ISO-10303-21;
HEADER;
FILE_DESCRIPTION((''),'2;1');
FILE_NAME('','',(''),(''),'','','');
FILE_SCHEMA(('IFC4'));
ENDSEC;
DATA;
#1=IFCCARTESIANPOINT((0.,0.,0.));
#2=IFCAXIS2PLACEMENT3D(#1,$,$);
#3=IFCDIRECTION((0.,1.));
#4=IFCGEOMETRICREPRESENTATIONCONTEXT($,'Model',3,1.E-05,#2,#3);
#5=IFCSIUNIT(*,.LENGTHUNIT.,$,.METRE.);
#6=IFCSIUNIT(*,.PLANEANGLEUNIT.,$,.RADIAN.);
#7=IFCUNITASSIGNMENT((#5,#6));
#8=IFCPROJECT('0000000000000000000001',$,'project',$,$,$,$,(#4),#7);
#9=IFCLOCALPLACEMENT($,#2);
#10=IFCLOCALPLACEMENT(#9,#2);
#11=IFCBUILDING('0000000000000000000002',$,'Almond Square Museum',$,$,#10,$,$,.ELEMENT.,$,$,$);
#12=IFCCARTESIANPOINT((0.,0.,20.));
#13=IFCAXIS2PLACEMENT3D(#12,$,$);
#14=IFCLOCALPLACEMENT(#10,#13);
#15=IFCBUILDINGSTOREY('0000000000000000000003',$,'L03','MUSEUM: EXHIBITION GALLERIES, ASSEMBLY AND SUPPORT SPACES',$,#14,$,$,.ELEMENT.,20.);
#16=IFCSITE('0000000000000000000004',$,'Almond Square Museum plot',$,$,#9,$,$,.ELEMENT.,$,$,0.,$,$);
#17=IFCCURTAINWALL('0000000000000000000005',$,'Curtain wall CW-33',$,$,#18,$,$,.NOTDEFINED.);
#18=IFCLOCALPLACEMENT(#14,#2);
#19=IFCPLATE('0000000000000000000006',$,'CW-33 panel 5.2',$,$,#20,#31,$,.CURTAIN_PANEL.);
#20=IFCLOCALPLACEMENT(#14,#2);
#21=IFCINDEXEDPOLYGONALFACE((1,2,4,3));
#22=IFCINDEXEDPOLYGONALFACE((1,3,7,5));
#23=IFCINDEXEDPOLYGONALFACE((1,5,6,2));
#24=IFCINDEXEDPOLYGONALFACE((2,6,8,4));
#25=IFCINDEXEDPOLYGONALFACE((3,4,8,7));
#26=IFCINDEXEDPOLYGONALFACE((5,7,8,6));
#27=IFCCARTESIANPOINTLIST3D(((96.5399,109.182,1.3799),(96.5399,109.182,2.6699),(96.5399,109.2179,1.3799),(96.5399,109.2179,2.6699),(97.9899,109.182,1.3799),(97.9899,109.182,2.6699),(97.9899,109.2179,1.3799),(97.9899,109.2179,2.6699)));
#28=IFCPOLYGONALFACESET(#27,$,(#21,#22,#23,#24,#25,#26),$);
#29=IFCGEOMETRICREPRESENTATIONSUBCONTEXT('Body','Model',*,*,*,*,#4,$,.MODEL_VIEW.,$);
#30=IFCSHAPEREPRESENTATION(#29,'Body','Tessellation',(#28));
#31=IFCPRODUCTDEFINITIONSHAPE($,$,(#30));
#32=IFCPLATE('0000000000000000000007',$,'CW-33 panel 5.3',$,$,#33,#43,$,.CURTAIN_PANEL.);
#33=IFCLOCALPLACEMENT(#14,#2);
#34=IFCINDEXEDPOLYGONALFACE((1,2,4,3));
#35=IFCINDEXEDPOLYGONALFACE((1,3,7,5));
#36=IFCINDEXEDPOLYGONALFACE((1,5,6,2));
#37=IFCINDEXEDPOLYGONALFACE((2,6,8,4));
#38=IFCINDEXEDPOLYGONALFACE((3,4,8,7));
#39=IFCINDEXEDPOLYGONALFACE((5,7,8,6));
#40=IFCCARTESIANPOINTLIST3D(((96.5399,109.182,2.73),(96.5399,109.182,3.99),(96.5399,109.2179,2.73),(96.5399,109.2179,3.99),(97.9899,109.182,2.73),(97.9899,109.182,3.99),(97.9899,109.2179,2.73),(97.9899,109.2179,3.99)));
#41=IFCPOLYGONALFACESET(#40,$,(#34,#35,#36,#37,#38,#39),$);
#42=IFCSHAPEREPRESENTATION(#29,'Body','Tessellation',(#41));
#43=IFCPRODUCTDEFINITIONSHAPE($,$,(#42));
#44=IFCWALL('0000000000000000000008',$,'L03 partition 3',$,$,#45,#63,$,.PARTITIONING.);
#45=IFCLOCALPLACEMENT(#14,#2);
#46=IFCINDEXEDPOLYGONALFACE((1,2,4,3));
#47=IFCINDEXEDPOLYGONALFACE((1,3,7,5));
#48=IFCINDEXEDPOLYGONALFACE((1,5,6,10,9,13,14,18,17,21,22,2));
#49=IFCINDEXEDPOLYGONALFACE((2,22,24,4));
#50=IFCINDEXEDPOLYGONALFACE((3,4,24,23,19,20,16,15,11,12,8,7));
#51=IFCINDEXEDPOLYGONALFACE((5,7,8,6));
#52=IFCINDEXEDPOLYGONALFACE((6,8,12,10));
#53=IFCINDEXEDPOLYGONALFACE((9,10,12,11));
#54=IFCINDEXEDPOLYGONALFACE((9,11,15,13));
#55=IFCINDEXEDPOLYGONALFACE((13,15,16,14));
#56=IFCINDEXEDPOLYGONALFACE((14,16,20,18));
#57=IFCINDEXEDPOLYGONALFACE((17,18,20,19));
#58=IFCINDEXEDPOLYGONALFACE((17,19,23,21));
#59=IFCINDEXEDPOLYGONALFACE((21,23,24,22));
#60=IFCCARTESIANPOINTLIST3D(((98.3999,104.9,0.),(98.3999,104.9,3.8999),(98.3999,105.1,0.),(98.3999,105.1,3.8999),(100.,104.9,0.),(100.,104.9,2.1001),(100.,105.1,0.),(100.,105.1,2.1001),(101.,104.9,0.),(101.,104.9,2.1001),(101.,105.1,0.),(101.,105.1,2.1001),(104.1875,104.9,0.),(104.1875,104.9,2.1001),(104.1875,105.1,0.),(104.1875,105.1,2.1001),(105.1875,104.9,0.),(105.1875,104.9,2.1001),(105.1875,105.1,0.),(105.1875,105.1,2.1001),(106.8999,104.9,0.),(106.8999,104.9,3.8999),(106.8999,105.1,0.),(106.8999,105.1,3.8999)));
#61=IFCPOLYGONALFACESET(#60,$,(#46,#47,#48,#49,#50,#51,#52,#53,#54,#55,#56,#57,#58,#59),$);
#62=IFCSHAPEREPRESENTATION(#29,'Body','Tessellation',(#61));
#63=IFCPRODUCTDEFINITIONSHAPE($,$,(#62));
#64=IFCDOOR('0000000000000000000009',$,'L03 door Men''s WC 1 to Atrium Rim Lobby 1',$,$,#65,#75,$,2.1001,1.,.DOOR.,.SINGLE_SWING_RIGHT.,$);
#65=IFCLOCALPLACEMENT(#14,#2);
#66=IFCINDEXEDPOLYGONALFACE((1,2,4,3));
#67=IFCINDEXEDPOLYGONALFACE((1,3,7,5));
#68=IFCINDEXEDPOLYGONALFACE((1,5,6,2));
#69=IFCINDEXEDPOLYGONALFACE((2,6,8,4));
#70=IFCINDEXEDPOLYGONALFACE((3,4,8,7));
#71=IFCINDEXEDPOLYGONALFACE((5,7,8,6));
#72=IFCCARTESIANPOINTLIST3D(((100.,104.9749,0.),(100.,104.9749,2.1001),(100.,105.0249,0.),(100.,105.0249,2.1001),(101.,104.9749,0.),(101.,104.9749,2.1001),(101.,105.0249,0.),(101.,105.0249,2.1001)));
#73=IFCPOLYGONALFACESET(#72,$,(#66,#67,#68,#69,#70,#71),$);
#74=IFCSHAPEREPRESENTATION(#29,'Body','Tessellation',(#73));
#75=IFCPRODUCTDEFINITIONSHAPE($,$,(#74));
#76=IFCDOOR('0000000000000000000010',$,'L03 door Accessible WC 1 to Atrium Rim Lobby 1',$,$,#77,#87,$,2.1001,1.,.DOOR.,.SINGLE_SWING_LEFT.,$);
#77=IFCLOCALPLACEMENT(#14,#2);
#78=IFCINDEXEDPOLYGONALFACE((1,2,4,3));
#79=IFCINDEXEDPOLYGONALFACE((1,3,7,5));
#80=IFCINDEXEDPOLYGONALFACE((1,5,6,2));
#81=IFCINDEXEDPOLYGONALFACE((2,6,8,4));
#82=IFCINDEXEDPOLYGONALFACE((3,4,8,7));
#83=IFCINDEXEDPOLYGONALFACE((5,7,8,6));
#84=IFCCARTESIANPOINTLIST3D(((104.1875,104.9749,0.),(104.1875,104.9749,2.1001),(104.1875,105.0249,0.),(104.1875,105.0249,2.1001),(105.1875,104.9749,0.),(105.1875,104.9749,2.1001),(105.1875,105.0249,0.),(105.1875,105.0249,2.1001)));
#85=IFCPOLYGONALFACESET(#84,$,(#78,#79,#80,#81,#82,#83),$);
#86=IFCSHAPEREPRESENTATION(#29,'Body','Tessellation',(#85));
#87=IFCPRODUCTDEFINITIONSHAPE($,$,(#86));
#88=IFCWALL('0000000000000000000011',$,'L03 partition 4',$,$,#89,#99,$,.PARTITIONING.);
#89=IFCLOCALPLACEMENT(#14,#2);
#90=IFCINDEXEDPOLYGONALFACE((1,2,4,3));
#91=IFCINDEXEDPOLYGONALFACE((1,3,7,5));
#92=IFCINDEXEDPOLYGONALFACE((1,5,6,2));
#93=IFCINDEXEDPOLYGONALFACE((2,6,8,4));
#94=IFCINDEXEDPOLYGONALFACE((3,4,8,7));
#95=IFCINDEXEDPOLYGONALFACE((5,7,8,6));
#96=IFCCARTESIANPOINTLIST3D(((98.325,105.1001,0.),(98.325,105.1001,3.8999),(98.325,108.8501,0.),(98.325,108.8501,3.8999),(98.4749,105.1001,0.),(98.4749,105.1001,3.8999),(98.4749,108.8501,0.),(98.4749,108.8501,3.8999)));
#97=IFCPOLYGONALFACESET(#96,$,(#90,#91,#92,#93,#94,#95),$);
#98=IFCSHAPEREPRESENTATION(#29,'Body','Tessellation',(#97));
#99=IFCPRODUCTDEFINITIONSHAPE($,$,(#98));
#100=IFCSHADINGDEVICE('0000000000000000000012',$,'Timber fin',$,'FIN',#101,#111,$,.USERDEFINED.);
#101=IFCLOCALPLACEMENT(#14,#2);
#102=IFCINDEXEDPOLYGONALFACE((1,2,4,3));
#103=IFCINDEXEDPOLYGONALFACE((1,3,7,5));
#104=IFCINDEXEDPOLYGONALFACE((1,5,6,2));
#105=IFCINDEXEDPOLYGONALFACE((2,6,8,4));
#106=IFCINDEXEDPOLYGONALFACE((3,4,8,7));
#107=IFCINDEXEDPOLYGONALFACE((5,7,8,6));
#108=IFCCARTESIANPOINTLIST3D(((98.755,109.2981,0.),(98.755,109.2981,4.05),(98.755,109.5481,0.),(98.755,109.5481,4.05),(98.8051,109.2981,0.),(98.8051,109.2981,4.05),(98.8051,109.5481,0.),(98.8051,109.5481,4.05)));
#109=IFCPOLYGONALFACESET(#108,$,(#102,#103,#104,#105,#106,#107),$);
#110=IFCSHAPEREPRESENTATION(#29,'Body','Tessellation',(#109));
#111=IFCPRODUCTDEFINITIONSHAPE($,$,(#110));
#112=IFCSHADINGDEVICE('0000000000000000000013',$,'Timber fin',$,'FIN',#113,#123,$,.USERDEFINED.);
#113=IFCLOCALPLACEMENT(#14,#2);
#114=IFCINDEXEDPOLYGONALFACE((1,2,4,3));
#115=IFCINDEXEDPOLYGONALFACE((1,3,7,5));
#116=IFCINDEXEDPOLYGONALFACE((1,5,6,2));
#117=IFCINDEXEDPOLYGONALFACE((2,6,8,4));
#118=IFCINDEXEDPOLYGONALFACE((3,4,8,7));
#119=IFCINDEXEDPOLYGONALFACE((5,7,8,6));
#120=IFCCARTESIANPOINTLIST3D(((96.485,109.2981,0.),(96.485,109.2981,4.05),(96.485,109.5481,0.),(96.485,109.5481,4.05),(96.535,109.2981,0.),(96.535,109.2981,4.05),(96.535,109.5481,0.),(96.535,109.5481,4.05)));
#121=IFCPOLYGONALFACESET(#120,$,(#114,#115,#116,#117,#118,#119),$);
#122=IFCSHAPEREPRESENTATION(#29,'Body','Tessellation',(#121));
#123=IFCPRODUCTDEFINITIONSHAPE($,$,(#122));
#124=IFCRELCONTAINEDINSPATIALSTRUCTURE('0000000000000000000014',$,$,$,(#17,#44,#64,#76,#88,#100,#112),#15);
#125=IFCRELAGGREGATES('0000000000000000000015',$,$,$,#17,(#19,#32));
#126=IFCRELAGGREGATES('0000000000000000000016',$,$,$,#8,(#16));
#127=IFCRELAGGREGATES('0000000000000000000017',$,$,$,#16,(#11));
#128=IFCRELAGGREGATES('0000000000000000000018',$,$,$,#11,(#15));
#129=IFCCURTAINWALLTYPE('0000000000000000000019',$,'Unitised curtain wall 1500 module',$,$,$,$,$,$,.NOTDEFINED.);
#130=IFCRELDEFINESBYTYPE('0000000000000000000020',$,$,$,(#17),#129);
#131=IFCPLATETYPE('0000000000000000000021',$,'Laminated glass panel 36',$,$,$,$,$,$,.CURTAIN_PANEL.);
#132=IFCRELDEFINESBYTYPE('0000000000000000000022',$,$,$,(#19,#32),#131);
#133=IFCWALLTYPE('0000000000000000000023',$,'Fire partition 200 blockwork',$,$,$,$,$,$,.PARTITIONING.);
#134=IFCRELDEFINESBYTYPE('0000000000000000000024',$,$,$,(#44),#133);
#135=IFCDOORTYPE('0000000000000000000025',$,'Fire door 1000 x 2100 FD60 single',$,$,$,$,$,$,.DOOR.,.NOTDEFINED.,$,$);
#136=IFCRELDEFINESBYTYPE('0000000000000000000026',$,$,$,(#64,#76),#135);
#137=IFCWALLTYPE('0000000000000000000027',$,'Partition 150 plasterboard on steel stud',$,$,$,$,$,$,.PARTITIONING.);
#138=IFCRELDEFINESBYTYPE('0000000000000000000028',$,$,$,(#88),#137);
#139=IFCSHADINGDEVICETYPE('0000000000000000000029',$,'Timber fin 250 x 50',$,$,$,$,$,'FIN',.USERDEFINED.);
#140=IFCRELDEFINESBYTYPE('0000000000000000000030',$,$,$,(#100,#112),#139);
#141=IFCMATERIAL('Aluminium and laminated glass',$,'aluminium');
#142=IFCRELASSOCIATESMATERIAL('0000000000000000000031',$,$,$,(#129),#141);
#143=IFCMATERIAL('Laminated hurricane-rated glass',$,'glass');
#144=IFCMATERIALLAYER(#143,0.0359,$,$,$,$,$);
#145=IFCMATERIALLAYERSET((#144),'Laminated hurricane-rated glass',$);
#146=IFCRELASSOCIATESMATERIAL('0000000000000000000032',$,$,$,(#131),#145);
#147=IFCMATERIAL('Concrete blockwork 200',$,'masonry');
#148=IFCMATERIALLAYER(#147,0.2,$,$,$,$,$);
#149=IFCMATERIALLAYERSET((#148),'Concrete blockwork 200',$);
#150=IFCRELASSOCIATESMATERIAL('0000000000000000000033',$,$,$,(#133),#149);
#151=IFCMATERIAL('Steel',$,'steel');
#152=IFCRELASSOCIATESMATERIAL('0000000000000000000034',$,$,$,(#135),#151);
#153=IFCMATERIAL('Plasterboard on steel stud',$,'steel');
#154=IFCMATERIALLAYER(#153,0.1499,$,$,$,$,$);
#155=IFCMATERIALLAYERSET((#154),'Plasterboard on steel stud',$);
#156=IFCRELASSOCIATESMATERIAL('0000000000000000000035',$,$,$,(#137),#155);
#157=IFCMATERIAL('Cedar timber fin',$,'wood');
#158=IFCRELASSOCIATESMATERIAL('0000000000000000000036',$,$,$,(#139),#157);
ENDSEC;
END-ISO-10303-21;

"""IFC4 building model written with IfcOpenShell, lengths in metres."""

from ifc_helpers import new_model, si_unit, direction, frame, frame_2d, origin, origin_2d, place, context, subcontext, project, spatial, rectangle, extrude, material, layer, layer_set, material_profile, profile_set, type_object, element, fill, aggregate, save


model = new_model("IFC4")

# Units and contexts
model_context = context("Model", 3, precision=1e-05, world=origin(), true_north=direction((0.0, 1.0)))
body_context = subcontext(model_context, "Body", "Model", "MODEL_VIEW")
ifc_project = project(units=[si_unit("LENGTHUNIT", "METRE"), si_unit("PLANEANGLEUNIT", "RADIAN")], contexts=[model_context])

# Site, building, storey
site_placement = place(None, origin())
site = spatial("IfcSite", under=ifc_project, at=site_placement, Name="Almond Square Museum plot", CompositionType="ELEMENT", RefElevation=0.0)
building_placement = place(site_placement, origin())
building = spatial("IfcBuilding", under=site, at=building_placement, Name="Almond Square Museum", CompositionType="ELEMENT")
storey_placement = place(building_placement, frame((0.0, 0.0, 20.0)))
storey = spatial("IfcBuildingStorey", under=building, at=storey_placement, Name="L03", Description="MUSEUM: EXHIBITION GALLERIES, ASSEMBLY AND SUPPORT SPACES", CompositionType="ELEMENT", Elevation=20.0)

# Shared definitions
ifc_material_1 = material(Name="Aluminium and laminated glass", Category="aluminium")
curtain_wall_type = type_object("IfcCurtainWallType", Name="Unitised curtain wall 1500 module", PredefinedType="NOTDEFINED", material=ifc_material_1)

# Curtain wall
curtain_wall_1_placement = place(storey_placement, origin())
curtain_wall_1 = element("IfcCurtainWall", 1, at=curtain_wall_1_placement, inside=storey, type_object=curtain_wall_type, Name="Curtain wall CW-33", PredefinedType="NOTDEFINED")

# Plates
ifc_material_2 = material(Name="Laminated hurricane-rated glass", Category="glass")
ifc_layer_1 = layer(ifc_material_2, 0.0359)
ifc_layer_set_1 = layer_set([ifc_layer_1], Name="Laminated hurricane-rated glass")
plate_type = type_object("IfcPlateType", Name="Laminated glass panel 36", PredefinedType="CURTAIN_PANEL", material=ifc_layer_set_1)
plate_1_placement = place(storey_placement, frame((97.2649, 109.2, 1.3799), z_axis=(0.0, 0.0, 1.0), x_axis=(1.0, 0.0, 0.0)))
plate_1 = element("IfcPlate", 2, at=plate_1_placement, type_object=plate_type, Name="CW-33 panel 5.2", PredefinedType="CURTAIN_PANEL", context=body_context, shape_type="SweptSolid", body=[
    extrude(rectangle(XDim=1.45, YDim=0.0359, at=origin_2d()), origin(), (0.0, 0.0, 1.0), 1.29),
])
plate_2_placement = place(storey_placement, frame((97.2649, 109.2, 2.73), z_axis=(0.0, 0.0, 1.0), x_axis=(1.0, 0.0, 0.0)))
plate_2 = element("IfcPlate", 3, at=plate_2_placement, type_object=plate_type, Name="CW-33 panel 5.3", PredefinedType="CURTAIN_PANEL", context=body_context, shape_type="SweptSolid", body=[
    extrude(rectangle(XDim=1.45, YDim=0.0359, at=origin_2d()), origin(), (0.0, 0.0, 1.0), 1.26),
])
aggregate(curtain_wall_1, [plate_1, plate_2])

# Wall, openings, doors
ifc_material_3 = material(Name="Concrete blockwork 200", Category="masonry")
ifc_layer_2 = layer(ifc_material_3, 0.2)
ifc_layer_set_2 = layer_set([ifc_layer_2], Name="Concrete blockwork 200")
wall_type_1 = type_object("IfcWallType", Name="Fire partition 200 blockwork", PredefinedType="PARTITIONING", material=ifc_layer_set_2)
wall_1_placement = place(storey_placement, frame((98.3999, 105.0, 0.0), z_axis=(0.0, 0.0, 1.0), x_axis=(1.0, 0.0, 0.0)))
wall_1 = element("IfcWall", 4, at=wall_1_placement, inside=storey, type_object=wall_type_1, Name="L03 partition 3", PredefinedType="PARTITIONING", context=body_context, shape_type="SweptSolid", body=[
    extrude(rectangle(XDim=8.5, YDim=0.2, at=frame_2d((4.25, 0.0))), origin(), (0.0, 0.0, 1.0), 3.8999),
])
opening_1_placement = place(wall_1_placement, frame((1.6001, 0.0, 0.0)))
opening_1 = element("IfcOpeningElement", 5, at=opening_1_placement, cuts=wall_1, PredefinedType="OPENING", context=body_context, shape_type="SweptSolid", body=[
    extrude(rectangle(XDim=1.0, YDim=2.1001, at=frame_2d((0.5, 1.05))), frame((0.0, 0.1099, 0.0), z_axis=(0.0, -1.0, 0.0), x_axis=(1.0, 0.0, 0.0)), (0.0, 0.0, 1.0), 0.22),
])
opening_2_placement = place(wall_1_placement, frame((5.7876, 0.0, 0.0)))
opening_2 = element("IfcOpeningElement", 6, at=opening_2_placement, cuts=wall_1, PredefinedType="OPENING", context=body_context, shape_type="SweptSolid", body=[
    extrude(rectangle(XDim=1.0, YDim=2.1001, at=frame_2d((0.5, 1.05))), frame((0.0, 0.1099, 0.0), z_axis=(0.0, -1.0, 0.0), x_axis=(1.0, 0.0, 0.0)), (0.0, 0.0, 1.0), 0.22),
])
ifc_material_4 = material(Name="Steel", Category="steel")
door_type = type_object("IfcDoorType", Name="Fire door 1000 x 2100 FD60 single", OperationType="NOTDEFINED", PredefinedType="DOOR", material=ifc_material_4)
door_1_placement = place(opening_1_placement, origin())
door_1 = element("IfcDoor", 7, at=door_1_placement, inside=storey, type_object=door_type, Name="L03 door Men's WC 1 to Atrium Rim Lobby 1", OperationType="SINGLE_SWING_RIGHT", OverallHeight=2.1001, OverallWidth=1.0, PredefinedType="DOOR", context=body_context, shape_type="SweptSolid", body=[
    extrude(rectangle(XDim=1.0, YDim=2.1001, at=frame_2d((0.5, 1.05))), frame((0.0, 0.0249, 0.0), z_axis=(0.0, -1.0, 0.0), x_axis=(1.0, 0.0, 0.0)), (0.0, 0.0, 1.0), 0.05),
])
fill(opening_1, door_1)
door_2_placement = place(opening_2_placement, origin())
door_2 = element("IfcDoor", 8, at=door_2_placement, inside=storey, type_object=door_type, Name="L03 door Accessible WC 1 to Atrium Rim Lobby 1", OperationType="SINGLE_SWING_LEFT", OverallHeight=2.1001, OverallWidth=1.0, PredefinedType="DOOR", context=body_context, shape_type="SweptSolid", body=[
    extrude(rectangle(XDim=1.0, YDim=2.1001, at=frame_2d((0.5, 1.05))), frame((0.0, 0.0249, 0.0), z_axis=(0.0, -1.0, 0.0), x_axis=(1.0, 0.0, 0.0)), (0.0, 0.0, 1.0), 0.05),
])
fill(opening_2, door_2)

# Wall
ifc_material_5 = material(Name="Plasterboard on steel stud", Category="steel")
ifc_layer_3 = layer(ifc_material_5, 0.1499)
ifc_layer_set_3 = layer_set([ifc_layer_3], Name="Plasterboard on steel stud")
wall_type_2 = type_object("IfcWallType", Name="Partition 150 plasterboard on steel stud", PredefinedType="PARTITIONING", material=ifc_layer_set_3)
wall_2_placement = place(storey_placement, frame((98.3999, 105.1001, 0.0), z_axis=(0.0, 0.0, 1.0), x_axis=(0.0, 1.0, 0.0)))
element("IfcWall", 9, at=wall_2_placement, inside=storey, type_object=wall_type_2, Name="L03 partition 4", PredefinedType="PARTITIONING", context=body_context, shape_type="SweptSolid", body=[
    extrude(rectangle(XDim=3.75, YDim=0.1499, at=frame_2d((1.875, 0.0))), origin(), (0.0, 0.0, 1.0), 3.8999),
])

# Shading devices
ifc_material_6 = material(Name="Cedar timber fin", Category="wood")
ifc_material_profile_1 = material_profile(ifc_material_6, rectangle(XDim=0.25, YDim=0.05, at=origin_2d()))
ifc_profile_set_1 = profile_set([ifc_material_profile_1], Name="Cedar timber fin")
shading_device_type = type_object("IfcShadingDeviceType", Name="Timber fin 250 x 50", ElementType="FIN", PredefinedType="USERDEFINED", material=ifc_profile_set_1)
for number, where, z_axis, x_axis, name in (
    (10, (98.78, 109.4231, 0.0), (0.0, 0.0, 1.0), (0.0, 1.0, 0.0), "Timber fin"),
    (11, (96.51, 109.4231, 0.0), (0.0, 0.0, 1.0), (0.0, 1.0, 0.0), "Timber fin"),
):
    element("IfcShadingDevice", number, at=place(storey_placement, frame(where, z_axis=z_axis, x_axis=x_axis)), inside=storey, type_object=shading_device_type, Name=name, ObjectType="FIN", PredefinedType="USERDEFINED", context=body_context, shape_type="SweptSolid", body=[
        extrude(rectangle(XDim=0.25, YDim=0.05, at=origin_2d()), origin(), (0.0, 0.0, 1.0), 4.05),
    ])

save(model, "model.ifc")
